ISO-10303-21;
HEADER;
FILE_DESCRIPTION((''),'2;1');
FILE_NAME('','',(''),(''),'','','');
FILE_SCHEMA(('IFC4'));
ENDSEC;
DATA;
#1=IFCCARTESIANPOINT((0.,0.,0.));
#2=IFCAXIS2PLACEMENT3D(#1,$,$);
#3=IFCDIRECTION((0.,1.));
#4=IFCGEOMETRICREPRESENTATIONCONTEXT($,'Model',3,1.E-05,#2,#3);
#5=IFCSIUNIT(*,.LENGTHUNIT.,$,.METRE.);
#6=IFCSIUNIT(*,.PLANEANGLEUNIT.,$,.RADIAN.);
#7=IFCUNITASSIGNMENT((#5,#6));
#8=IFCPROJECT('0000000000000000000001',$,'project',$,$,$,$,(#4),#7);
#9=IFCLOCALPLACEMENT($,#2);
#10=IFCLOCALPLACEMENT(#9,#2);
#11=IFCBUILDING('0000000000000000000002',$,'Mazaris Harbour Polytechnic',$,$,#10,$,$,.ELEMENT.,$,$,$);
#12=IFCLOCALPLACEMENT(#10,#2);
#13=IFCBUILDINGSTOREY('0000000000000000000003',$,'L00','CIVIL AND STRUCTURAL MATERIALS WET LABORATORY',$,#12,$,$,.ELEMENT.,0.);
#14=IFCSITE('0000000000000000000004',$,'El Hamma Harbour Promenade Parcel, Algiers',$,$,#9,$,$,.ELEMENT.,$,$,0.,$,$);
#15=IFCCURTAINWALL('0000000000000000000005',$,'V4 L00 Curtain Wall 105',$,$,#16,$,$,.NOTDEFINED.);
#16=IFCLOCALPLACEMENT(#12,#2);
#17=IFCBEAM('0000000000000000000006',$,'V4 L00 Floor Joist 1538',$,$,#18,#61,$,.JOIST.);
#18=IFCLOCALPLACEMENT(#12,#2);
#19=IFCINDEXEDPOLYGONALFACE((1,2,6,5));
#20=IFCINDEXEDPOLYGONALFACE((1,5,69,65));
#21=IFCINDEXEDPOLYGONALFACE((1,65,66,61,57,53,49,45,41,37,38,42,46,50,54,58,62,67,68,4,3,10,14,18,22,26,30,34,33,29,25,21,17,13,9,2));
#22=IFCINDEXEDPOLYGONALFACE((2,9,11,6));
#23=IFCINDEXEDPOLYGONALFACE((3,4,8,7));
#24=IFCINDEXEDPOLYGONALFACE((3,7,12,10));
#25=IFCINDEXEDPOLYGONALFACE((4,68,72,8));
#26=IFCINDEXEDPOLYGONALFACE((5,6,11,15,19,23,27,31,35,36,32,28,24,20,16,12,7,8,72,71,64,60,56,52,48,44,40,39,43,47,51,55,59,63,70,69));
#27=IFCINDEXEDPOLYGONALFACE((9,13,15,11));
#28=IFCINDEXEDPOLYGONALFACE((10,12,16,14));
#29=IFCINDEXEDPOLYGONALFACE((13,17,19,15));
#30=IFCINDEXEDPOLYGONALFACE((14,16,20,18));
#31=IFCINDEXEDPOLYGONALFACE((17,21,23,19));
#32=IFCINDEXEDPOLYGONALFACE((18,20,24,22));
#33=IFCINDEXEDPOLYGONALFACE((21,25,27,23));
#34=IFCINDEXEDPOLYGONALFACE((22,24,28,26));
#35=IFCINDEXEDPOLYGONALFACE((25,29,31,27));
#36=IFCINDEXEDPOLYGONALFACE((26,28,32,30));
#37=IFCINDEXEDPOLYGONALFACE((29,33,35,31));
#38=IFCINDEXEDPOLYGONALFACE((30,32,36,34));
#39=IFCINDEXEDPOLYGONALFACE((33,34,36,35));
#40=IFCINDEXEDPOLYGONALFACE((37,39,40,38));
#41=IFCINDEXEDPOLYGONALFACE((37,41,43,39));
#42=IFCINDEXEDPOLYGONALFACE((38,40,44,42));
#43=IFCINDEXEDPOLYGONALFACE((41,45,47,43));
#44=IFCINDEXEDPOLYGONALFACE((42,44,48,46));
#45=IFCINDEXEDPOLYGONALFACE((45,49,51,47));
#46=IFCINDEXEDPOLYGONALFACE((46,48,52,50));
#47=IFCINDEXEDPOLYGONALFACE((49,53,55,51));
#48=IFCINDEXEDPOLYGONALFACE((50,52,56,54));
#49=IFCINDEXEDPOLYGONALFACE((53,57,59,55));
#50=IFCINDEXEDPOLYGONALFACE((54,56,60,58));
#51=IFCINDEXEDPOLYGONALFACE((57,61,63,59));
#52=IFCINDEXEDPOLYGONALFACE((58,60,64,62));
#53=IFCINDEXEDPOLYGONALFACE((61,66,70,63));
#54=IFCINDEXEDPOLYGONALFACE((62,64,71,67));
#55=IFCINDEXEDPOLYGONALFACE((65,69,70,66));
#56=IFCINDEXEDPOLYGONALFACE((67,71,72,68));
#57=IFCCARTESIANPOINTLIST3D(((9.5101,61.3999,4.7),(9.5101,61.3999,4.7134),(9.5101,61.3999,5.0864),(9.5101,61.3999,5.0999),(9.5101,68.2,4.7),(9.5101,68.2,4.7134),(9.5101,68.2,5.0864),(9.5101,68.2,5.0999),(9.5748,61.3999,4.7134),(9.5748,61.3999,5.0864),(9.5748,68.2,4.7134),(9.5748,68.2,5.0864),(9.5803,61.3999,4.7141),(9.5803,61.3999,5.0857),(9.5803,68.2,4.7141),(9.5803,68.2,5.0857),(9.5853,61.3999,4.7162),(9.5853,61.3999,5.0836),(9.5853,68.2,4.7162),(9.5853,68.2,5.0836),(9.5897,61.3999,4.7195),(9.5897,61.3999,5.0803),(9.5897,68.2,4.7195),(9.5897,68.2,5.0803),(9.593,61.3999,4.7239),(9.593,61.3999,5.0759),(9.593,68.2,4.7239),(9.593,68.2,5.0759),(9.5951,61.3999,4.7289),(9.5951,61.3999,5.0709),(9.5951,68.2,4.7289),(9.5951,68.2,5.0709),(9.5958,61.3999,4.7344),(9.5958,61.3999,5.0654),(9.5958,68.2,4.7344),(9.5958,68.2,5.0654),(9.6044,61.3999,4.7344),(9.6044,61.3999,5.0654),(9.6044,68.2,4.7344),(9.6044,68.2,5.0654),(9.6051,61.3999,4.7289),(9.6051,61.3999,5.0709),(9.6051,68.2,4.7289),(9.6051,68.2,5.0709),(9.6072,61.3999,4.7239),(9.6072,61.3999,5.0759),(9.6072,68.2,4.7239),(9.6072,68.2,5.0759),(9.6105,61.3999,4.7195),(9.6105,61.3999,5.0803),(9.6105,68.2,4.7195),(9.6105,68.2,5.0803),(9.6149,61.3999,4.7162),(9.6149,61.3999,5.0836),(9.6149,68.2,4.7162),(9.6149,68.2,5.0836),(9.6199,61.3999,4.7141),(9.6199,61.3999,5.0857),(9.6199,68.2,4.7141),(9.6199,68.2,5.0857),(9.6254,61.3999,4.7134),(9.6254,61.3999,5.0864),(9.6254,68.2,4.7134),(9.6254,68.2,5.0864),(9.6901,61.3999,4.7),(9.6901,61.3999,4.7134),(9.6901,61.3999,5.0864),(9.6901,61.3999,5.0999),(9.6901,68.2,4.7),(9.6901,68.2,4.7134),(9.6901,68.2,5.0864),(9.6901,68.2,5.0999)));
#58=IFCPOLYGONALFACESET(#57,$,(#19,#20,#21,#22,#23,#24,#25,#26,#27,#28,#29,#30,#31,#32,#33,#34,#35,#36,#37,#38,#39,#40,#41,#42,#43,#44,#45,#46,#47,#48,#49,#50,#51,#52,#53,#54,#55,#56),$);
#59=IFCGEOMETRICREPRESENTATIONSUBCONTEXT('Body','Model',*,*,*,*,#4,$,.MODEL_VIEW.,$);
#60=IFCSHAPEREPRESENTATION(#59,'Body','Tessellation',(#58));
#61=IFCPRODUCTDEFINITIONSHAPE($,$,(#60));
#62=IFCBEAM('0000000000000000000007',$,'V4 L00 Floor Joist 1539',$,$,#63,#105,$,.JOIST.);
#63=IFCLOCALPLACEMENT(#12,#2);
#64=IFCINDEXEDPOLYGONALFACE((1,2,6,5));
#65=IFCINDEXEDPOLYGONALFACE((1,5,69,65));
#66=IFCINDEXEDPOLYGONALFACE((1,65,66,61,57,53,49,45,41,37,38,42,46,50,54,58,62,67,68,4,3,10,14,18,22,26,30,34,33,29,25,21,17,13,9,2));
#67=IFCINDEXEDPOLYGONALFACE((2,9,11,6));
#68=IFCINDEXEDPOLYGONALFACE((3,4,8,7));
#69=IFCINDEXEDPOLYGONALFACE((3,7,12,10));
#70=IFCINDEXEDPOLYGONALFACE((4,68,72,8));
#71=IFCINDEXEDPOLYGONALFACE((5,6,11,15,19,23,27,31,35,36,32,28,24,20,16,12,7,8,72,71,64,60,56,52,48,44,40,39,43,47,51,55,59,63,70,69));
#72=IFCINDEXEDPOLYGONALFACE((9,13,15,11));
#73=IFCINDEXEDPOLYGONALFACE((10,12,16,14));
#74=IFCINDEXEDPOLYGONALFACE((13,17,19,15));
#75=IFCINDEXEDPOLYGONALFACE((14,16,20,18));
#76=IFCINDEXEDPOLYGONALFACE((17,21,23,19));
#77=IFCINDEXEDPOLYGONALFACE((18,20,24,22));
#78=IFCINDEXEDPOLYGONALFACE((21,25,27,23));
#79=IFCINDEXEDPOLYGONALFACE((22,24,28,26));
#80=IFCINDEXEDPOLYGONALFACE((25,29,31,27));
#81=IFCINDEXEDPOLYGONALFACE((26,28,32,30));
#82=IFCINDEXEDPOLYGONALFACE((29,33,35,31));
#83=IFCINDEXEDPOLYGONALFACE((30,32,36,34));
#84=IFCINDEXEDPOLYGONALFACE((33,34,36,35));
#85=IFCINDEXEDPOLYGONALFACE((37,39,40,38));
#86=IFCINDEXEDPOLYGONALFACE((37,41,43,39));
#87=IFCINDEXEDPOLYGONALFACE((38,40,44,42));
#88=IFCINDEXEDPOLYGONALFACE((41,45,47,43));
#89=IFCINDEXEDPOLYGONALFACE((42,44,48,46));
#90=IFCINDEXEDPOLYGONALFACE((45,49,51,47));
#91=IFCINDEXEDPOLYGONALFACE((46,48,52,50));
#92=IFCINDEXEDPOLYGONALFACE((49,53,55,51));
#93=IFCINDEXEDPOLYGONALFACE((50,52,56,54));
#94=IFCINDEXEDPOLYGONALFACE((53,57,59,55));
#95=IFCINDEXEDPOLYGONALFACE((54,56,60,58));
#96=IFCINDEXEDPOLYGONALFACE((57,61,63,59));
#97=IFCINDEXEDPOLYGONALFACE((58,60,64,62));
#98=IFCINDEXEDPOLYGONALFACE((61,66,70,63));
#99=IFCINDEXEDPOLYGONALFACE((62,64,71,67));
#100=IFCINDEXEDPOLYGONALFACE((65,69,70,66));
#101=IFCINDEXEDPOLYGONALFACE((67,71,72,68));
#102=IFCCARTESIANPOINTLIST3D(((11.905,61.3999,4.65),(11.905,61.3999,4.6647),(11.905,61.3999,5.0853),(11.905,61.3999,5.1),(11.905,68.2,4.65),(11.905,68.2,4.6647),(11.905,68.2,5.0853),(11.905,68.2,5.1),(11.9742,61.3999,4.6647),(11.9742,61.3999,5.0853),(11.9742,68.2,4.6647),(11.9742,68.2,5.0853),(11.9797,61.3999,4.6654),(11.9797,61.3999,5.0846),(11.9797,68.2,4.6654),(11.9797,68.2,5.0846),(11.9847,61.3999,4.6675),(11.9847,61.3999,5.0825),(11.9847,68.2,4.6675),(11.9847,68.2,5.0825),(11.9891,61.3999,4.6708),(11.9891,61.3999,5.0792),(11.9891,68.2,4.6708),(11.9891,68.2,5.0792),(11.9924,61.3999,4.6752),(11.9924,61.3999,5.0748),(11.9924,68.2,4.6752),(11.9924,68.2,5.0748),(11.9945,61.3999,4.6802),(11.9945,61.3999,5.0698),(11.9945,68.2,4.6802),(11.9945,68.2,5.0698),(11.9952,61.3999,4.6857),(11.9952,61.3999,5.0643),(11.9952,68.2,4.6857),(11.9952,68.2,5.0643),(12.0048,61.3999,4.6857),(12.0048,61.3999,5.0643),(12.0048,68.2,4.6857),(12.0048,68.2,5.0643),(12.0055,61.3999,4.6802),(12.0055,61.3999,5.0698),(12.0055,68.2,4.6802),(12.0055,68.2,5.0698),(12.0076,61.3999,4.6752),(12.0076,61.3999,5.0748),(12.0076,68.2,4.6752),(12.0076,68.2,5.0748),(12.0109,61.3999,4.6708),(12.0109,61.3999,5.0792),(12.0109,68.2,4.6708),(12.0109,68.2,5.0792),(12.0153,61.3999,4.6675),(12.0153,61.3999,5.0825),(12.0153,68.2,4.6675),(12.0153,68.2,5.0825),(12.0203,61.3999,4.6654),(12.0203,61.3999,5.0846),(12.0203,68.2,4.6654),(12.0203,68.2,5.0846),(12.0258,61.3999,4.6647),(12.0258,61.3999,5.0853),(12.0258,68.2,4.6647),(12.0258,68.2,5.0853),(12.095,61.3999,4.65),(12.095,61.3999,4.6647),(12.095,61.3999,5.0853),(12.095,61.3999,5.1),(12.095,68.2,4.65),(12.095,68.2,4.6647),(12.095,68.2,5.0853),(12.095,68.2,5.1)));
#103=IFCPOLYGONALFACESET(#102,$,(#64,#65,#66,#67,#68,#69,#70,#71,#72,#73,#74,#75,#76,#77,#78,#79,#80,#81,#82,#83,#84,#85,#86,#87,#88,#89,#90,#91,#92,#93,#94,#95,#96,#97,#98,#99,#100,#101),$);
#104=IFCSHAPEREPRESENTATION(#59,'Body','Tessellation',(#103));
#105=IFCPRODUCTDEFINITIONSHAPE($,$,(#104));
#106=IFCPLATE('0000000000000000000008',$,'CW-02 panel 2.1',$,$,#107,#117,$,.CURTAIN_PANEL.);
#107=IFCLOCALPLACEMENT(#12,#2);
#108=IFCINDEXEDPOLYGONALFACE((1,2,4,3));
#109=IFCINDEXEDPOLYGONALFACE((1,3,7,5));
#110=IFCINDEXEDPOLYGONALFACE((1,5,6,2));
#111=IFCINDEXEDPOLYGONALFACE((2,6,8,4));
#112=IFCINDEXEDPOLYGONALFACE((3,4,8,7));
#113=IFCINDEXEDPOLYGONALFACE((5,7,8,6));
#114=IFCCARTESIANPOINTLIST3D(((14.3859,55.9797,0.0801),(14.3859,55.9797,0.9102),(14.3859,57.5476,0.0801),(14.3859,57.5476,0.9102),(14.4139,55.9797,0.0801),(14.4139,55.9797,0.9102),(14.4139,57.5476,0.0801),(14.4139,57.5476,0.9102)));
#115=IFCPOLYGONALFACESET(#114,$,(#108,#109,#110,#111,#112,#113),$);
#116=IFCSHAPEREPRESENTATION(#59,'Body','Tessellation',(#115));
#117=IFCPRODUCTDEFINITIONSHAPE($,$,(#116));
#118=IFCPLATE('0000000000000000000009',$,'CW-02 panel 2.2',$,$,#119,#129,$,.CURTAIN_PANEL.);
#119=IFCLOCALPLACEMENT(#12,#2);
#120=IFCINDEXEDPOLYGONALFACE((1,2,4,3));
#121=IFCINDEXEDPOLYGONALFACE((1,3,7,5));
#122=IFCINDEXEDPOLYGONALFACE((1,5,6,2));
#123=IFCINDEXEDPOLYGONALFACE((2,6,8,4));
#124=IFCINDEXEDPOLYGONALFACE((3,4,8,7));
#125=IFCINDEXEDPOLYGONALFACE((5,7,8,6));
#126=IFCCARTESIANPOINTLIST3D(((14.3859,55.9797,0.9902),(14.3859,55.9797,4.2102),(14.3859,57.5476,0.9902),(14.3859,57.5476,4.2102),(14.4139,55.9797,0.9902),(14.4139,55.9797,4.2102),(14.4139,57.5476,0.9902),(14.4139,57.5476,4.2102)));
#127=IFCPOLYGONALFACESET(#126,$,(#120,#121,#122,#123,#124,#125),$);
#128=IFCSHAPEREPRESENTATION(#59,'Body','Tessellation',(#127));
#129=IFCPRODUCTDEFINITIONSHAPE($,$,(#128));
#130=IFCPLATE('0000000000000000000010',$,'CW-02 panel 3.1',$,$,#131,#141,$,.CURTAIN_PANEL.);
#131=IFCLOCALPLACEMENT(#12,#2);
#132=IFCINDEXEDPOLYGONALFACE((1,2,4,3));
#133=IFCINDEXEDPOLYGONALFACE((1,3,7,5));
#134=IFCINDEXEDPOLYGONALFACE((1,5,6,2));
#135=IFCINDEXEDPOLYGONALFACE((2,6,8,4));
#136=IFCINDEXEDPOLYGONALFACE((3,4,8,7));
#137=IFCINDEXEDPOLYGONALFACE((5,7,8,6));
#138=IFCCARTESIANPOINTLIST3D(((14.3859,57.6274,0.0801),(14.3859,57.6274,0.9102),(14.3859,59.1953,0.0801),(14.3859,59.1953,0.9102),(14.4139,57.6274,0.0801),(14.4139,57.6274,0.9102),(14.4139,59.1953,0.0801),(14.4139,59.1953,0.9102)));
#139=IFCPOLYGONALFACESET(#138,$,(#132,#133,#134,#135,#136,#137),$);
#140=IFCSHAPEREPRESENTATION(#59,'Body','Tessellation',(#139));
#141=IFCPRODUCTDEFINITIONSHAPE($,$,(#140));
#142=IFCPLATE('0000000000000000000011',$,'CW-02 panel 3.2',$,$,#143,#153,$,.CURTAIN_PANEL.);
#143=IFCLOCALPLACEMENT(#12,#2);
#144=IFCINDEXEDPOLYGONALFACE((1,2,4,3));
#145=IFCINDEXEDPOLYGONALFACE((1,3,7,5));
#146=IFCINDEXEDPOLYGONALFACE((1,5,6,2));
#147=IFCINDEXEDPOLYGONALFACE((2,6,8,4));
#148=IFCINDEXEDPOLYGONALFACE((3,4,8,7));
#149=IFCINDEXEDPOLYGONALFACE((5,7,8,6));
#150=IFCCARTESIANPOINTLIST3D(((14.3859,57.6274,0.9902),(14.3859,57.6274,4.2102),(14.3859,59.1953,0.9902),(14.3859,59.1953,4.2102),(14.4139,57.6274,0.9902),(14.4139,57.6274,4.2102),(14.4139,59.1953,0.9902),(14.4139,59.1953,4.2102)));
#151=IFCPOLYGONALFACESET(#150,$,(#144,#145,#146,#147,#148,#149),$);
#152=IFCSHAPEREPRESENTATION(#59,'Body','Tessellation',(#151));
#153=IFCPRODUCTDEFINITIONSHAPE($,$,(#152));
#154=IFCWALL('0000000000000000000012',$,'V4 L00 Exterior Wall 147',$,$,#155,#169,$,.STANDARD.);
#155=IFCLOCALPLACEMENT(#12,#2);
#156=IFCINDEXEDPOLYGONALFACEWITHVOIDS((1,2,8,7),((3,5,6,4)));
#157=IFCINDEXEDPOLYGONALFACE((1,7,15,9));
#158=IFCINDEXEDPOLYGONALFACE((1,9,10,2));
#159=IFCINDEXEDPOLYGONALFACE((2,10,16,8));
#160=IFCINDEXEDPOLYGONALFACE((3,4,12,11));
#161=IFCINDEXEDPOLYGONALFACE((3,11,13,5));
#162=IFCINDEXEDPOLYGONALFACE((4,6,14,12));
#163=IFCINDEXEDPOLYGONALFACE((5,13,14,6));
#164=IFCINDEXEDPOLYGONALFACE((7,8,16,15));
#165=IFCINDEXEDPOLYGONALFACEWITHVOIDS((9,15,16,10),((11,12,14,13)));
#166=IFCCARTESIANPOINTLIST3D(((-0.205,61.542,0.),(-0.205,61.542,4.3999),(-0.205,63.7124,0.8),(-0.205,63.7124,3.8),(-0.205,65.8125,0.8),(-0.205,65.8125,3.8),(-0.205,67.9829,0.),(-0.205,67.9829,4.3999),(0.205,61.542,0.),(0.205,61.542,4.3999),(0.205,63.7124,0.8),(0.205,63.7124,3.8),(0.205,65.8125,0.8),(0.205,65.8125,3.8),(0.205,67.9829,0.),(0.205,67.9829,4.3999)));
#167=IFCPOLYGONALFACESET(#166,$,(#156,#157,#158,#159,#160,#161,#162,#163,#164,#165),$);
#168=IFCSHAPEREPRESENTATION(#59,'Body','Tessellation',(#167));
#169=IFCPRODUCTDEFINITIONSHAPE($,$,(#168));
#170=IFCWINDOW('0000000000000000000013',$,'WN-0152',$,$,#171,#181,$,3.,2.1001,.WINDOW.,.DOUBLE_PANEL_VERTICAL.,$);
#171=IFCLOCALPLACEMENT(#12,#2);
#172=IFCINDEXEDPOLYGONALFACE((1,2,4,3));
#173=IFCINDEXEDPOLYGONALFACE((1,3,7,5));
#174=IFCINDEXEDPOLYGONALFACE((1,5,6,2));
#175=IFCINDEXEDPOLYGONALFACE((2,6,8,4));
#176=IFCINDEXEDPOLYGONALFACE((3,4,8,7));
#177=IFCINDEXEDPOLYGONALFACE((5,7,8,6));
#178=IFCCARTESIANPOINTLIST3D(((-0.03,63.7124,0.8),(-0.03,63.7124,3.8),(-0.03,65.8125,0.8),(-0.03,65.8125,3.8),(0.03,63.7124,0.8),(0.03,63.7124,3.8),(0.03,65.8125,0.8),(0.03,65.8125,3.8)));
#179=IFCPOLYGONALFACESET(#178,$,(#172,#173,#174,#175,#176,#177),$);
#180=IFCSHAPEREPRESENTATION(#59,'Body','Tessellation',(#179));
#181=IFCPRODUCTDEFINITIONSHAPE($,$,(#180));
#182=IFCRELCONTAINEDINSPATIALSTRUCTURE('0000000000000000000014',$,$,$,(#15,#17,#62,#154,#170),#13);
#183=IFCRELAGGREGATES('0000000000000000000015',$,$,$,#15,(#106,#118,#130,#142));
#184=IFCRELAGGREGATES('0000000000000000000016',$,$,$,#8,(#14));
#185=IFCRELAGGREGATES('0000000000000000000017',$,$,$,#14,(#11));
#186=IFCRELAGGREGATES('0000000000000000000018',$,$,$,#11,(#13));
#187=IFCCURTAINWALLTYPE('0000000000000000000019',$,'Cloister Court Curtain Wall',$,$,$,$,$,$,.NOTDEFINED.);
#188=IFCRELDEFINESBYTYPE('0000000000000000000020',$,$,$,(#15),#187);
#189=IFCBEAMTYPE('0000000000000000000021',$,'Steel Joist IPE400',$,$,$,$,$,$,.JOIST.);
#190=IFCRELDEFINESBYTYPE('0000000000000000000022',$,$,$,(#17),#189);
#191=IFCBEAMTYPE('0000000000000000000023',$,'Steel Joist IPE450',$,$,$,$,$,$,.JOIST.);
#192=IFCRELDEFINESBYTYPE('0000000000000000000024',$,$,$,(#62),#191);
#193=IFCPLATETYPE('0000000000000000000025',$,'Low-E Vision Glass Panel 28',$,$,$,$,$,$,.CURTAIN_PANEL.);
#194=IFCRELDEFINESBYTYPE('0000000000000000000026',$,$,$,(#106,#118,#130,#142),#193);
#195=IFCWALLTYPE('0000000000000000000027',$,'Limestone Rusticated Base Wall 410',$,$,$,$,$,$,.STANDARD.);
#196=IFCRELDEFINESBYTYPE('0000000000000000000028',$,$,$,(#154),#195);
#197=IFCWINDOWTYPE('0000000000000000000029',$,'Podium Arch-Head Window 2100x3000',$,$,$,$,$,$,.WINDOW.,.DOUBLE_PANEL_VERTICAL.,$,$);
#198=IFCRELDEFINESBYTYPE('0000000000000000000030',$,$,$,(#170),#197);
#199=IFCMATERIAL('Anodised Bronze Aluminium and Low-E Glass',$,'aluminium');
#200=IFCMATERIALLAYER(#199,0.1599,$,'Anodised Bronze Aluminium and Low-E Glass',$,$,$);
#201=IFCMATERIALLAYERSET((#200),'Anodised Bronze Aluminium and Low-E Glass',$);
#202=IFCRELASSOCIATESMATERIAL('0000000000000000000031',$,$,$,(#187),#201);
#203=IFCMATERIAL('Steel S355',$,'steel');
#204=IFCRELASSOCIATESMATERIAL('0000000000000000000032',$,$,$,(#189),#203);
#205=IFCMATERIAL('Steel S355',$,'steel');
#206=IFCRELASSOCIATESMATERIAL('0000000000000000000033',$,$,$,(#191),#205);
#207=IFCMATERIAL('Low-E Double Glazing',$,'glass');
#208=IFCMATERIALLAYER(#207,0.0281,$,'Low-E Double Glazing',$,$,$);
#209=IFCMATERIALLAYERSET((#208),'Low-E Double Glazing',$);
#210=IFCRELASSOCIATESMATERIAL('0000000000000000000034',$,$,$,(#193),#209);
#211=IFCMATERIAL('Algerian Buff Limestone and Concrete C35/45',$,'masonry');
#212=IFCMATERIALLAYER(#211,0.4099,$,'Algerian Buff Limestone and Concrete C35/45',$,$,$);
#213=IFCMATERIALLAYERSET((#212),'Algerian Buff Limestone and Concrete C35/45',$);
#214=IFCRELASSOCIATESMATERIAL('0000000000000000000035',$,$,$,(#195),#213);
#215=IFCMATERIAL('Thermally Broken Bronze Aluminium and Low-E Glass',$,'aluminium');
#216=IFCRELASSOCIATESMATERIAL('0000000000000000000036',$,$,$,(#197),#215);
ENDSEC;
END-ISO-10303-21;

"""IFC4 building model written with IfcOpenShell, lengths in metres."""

from ifc_helpers import new_model, si_unit, direction, frame, frame_2d, origin, origin_2d, place, context, subcontext, project, spatial, rectangle, i_section, extrude, material, layer, layer_set, material_profile, profile_set, type_object, element, fill, aggregate, save


model = new_model("IFC4")

# Units and contexts
model_context = context("Model", 3, precision=1e-05, world=origin(), true_north=direction((0.0, 1.0)))
body_context = subcontext(model_context, "Body", "Model", "MODEL_VIEW")
ifc_project = project(units=[si_unit("LENGTHUNIT", "METRE"), si_unit("PLANEANGLEUNIT", "RADIAN")], contexts=[model_context])

# Site, building, storey
site_placement = place(None, origin())
site = spatial("IfcSite", under=ifc_project, at=site_placement, Name="El Hamma Harbour Promenade Parcel, Algiers", CompositionType="ELEMENT", RefElevation=0.0)
building_placement = place(site_placement, origin())
building = spatial("IfcBuilding", under=site, at=building_placement, Name="Mazaris Harbour Polytechnic", CompositionType="ELEMENT")
storey_placement = place(building_placement, origin())
storey = spatial("IfcBuildingStorey", under=building, at=storey_placement, Name="L00", Description="CIVIL AND STRUCTURAL MATERIALS WET LABORATORY", CompositionType="ELEMENT", Elevation=0.0)

# Curtain wall
ifc_material_1 = material(Name="Anodised Bronze Aluminium and Low-E Glass", Category="aluminium")
ifc_layer_1 = layer(ifc_material_1, 0.1599, Name="Anodised Bronze Aluminium and Low-E Glass")
ifc_layer_set_1 = layer_set([ifc_layer_1], Name="Anodised Bronze Aluminium and Low-E Glass")
curtain_wall_type = type_object("IfcCurtainWallType", Name="Cloister Court Curtain Wall", PredefinedType="NOTDEFINED", material=ifc_layer_set_1)
curtain_wall_placement = place(storey_placement, origin())
curtain_wall = element("IfcCurtainWall", 1, at=curtain_wall_placement, inside=storey, type_object=curtain_wall_type, Name="V4 L00 Curtain Wall 105", PredefinedType="NOTDEFINED")

# Beams
ifc_material_2 = material(Name="Steel S355", Category="steel")
ifc_material_profile_1 = material_profile(ifc_material_2, i_section(OverallWidth=0.1799, OverallDepth=0.3999, WebThickness=0.0085, FlangeThickness=0.0134, FilletRadius=0.021, at=origin_2d()), Name="IPE 400")
ifc_profile_set_1 = profile_set([ifc_material_profile_1], Name="Steel S355")
beam_type_1 = type_object("IfcBeamType", Name="Steel Joist IPE400", PredefinedType="JOIST", material=ifc_profile_set_1)
beam_1_placement = place(storey_placement, frame((9.6001, 61.3999, 4.8999), z_axis=(0.0, 1.0, 0.0), x_axis=(-1.0, 0.0, 0.0)))
element("IfcBeam", 2, at=beam_1_placement, inside=storey, type_object=beam_type_1, Name="V4 L00 Floor Joist 1538", PredefinedType="JOIST", context=body_context, shape_type="SweptSolid", body=[
    extrude(i_section(OverallWidth=0.1799, OverallDepth=0.3999, WebThickness=0.0085, FlangeThickness=0.0134, FilletRadius=0.021, at=origin_2d()), origin(), (0.0, 0.0, 1.0), 6.8),
])
ifc_material_3 = material(Name="Steel S355", Category="steel")
ifc_material_profile_2 = material_profile(ifc_material_3, i_section(OverallWidth=0.1899, OverallDepth=0.45, WebThickness=0.0095, FlangeThickness=0.0146, FilletRadius=0.021, at=origin_2d()), Name="IPE 450")
ifc_profile_set_2 = profile_set([ifc_material_profile_2], Name="Steel S355")
beam_type_2 = type_object("IfcBeamType", Name="Steel Joist IPE450", PredefinedType="JOIST", material=ifc_profile_set_2)
beam_2_placement = place(storey_placement, frame((12.0, 61.3999, 4.875), z_axis=(0.0, 1.0, 0.0), x_axis=(-1.0, 0.0, 0.0)))
element("IfcBeam", 3, at=beam_2_placement, inside=storey, type_object=beam_type_2, Name="V4 L00 Floor Joist 1539", PredefinedType="JOIST", context=body_context, shape_type="SweptSolid", body=[
    extrude(i_section(OverallWidth=0.1899, OverallDepth=0.45, WebThickness=0.0095, FlangeThickness=0.0146, FilletRadius=0.021, at=origin_2d()), origin(), (0.0, 0.0, 1.0), 6.8),
])

# Plates
ifc_material_4 = material(Name="Low-E Double Glazing", Category="glass")
ifc_layer_2 = layer(ifc_material_4, 0.0281, Name="Low-E Double Glazing")
ifc_layer_set_2 = layer_set([ifc_layer_2], Name="Low-E Double Glazing")
plate_type = type_object("IfcPlateType", Name="Low-E Vision Glass Panel 28", PredefinedType="CURTAIN_PANEL", material=ifc_layer_set_2)
plate_1_placement = place(storey_placement, frame((14.3999, 56.7637, 0.0801), z_axis=(0.0, 0.0, 1.0), x_axis=(0.0, 1.0, 0.0)))
plate_1 = element("IfcPlate", 4, at=plate_1_placement, type_object=plate_type, Name="CW-02 panel 2.1", PredefinedType="CURTAIN_PANEL", context=body_context, shape_type="SweptSolid", body=[
    extrude(rectangle(XDim=1.5679, YDim=0.0281, at=origin_2d()), origin(), (0.0, 0.0, 1.0), 0.8301),
])
plate_2_placement = place(storey_placement, frame((14.3999, 56.7637, 0.9902), z_axis=(0.0, 0.0, 1.0), x_axis=(0.0, 1.0, 0.0)))
plate_2 = element("IfcPlate", 5, at=plate_2_placement, type_object=plate_type, Name="CW-02 panel 2.2", PredefinedType="CURTAIN_PANEL", context=body_context, shape_type="SweptSolid", body=[
    extrude(rectangle(XDim=1.5679, YDim=0.0281, at=origin_2d()), origin(), (0.0, 0.0, 1.0), 3.22),
])
plate_3_placement = place(storey_placement, frame((14.3999, 58.4114, 0.0801), z_axis=(0.0, 0.0, 1.0), x_axis=(0.0, 1.0, 0.0)))
plate_3 = element("IfcPlate", 6, at=plate_3_placement, type_object=plate_type, Name="CW-02 panel 3.1", PredefinedType="CURTAIN_PANEL", context=body_context, shape_type="SweptSolid", body=[
    extrude(rectangle(XDim=1.5679, YDim=0.0281, at=origin_2d()), origin(), (0.0, 0.0, 1.0), 0.8301),
])
plate_4_placement = place(storey_placement, frame((14.3999, 58.4114, 0.9902), z_axis=(0.0, 0.0, 1.0), x_axis=(0.0, 1.0, 0.0)))
plate_4 = element("IfcPlate", 7, at=plate_4_placement, type_object=plate_type, Name="CW-02 panel 3.2", PredefinedType="CURTAIN_PANEL", context=body_context, shape_type="SweptSolid", body=[
    extrude(rectangle(XDim=1.5679, YDim=0.0281, at=origin_2d()), origin(), (0.0, 0.0, 1.0), 3.22),
])
aggregate(curtain_wall, [plate_1, plate_2, plate_3, plate_4])

# Wall, opening, window
ifc_material_5 = material(Name="Algerian Buff Limestone and Concrete C35/45", Category="masonry")
ifc_layer_3 = layer(ifc_material_5, 0.4099, Name="Algerian Buff Limestone and Concrete C35/45")
ifc_layer_set_3 = layer_set([ifc_layer_3], Name="Algerian Buff Limestone and Concrete C35/45")
wall_type = type_object("IfcWallType", Name="Limestone Rusticated Base Wall 410", PredefinedType="STANDARD", material=ifc_layer_set_3)
wall_placement = place(storey_placement, frame((0.0, 61.542, 0.0), z_axis=(0.0, 0.0, 1.0), x_axis=(0.0, 1.0, 0.0)))
wall = element("IfcWall", 8, at=wall_placement, inside=storey, type_object=wall_type, Name="V4 L00 Exterior Wall 147", PredefinedType="STANDARD", context=body_context, shape_type="SweptSolid", body=[
    extrude(rectangle(XDim=6.4409, YDim=0.4099, at=frame_2d((3.2205, 0.0))), origin(), (0.0, 0.0, 1.0), 4.3999),
])
opening_placement = place(wall_placement, frame((2.1704, 0.0, 0.8)))
opening = element("IfcOpeningElement", 9, at=opening_placement, cuts=wall, PredefinedType="OPENING", context=body_context, shape_type="SweptSolid", body=[
    extrude(rectangle(XDim=2.1001, YDim=3.0, at=frame_2d((1.05, 1.5))), frame((0.0, 0.2148, 0.0), z_axis=(0.0, -1.0, 0.0), x_axis=(1.0, 0.0, 0.0)), (0.0, 0.0, 1.0), 0.4299),
])
ifc_material_6 = material(Name="Thermally Broken Bronze Aluminium and Low-E Glass", Category="aluminium")
window_type = type_object("IfcWindowType", Name="Podium Arch-Head Window 2100x3000", PartitioningType="DOUBLE_PANEL_VERTICAL", PredefinedType="WINDOW", material=ifc_material_6)
window_placement = place(opening_placement, origin())
window = element("IfcWindow", 10, at=window_placement, inside=storey, type_object=window_type, Name="WN-0152", OverallHeight=3.0, OverallWidth=2.1001, PartitioningType="DOUBLE_PANEL_VERTICAL", PredefinedType="WINDOW", context=body_context, shape_type="SweptSolid", body=[
    extrude(rectangle(XDim=2.1001, YDim=3.0, at=frame_2d((1.05, 1.5))), frame((0.0, 0.03, 0.0), z_axis=(0.0, -1.0, 0.0), x_axis=(1.0, 0.0, 0.0)), (0.0, 0.0, 1.0), 0.0601),
])
fill(opening, window)

save(model, "model.ifc")
